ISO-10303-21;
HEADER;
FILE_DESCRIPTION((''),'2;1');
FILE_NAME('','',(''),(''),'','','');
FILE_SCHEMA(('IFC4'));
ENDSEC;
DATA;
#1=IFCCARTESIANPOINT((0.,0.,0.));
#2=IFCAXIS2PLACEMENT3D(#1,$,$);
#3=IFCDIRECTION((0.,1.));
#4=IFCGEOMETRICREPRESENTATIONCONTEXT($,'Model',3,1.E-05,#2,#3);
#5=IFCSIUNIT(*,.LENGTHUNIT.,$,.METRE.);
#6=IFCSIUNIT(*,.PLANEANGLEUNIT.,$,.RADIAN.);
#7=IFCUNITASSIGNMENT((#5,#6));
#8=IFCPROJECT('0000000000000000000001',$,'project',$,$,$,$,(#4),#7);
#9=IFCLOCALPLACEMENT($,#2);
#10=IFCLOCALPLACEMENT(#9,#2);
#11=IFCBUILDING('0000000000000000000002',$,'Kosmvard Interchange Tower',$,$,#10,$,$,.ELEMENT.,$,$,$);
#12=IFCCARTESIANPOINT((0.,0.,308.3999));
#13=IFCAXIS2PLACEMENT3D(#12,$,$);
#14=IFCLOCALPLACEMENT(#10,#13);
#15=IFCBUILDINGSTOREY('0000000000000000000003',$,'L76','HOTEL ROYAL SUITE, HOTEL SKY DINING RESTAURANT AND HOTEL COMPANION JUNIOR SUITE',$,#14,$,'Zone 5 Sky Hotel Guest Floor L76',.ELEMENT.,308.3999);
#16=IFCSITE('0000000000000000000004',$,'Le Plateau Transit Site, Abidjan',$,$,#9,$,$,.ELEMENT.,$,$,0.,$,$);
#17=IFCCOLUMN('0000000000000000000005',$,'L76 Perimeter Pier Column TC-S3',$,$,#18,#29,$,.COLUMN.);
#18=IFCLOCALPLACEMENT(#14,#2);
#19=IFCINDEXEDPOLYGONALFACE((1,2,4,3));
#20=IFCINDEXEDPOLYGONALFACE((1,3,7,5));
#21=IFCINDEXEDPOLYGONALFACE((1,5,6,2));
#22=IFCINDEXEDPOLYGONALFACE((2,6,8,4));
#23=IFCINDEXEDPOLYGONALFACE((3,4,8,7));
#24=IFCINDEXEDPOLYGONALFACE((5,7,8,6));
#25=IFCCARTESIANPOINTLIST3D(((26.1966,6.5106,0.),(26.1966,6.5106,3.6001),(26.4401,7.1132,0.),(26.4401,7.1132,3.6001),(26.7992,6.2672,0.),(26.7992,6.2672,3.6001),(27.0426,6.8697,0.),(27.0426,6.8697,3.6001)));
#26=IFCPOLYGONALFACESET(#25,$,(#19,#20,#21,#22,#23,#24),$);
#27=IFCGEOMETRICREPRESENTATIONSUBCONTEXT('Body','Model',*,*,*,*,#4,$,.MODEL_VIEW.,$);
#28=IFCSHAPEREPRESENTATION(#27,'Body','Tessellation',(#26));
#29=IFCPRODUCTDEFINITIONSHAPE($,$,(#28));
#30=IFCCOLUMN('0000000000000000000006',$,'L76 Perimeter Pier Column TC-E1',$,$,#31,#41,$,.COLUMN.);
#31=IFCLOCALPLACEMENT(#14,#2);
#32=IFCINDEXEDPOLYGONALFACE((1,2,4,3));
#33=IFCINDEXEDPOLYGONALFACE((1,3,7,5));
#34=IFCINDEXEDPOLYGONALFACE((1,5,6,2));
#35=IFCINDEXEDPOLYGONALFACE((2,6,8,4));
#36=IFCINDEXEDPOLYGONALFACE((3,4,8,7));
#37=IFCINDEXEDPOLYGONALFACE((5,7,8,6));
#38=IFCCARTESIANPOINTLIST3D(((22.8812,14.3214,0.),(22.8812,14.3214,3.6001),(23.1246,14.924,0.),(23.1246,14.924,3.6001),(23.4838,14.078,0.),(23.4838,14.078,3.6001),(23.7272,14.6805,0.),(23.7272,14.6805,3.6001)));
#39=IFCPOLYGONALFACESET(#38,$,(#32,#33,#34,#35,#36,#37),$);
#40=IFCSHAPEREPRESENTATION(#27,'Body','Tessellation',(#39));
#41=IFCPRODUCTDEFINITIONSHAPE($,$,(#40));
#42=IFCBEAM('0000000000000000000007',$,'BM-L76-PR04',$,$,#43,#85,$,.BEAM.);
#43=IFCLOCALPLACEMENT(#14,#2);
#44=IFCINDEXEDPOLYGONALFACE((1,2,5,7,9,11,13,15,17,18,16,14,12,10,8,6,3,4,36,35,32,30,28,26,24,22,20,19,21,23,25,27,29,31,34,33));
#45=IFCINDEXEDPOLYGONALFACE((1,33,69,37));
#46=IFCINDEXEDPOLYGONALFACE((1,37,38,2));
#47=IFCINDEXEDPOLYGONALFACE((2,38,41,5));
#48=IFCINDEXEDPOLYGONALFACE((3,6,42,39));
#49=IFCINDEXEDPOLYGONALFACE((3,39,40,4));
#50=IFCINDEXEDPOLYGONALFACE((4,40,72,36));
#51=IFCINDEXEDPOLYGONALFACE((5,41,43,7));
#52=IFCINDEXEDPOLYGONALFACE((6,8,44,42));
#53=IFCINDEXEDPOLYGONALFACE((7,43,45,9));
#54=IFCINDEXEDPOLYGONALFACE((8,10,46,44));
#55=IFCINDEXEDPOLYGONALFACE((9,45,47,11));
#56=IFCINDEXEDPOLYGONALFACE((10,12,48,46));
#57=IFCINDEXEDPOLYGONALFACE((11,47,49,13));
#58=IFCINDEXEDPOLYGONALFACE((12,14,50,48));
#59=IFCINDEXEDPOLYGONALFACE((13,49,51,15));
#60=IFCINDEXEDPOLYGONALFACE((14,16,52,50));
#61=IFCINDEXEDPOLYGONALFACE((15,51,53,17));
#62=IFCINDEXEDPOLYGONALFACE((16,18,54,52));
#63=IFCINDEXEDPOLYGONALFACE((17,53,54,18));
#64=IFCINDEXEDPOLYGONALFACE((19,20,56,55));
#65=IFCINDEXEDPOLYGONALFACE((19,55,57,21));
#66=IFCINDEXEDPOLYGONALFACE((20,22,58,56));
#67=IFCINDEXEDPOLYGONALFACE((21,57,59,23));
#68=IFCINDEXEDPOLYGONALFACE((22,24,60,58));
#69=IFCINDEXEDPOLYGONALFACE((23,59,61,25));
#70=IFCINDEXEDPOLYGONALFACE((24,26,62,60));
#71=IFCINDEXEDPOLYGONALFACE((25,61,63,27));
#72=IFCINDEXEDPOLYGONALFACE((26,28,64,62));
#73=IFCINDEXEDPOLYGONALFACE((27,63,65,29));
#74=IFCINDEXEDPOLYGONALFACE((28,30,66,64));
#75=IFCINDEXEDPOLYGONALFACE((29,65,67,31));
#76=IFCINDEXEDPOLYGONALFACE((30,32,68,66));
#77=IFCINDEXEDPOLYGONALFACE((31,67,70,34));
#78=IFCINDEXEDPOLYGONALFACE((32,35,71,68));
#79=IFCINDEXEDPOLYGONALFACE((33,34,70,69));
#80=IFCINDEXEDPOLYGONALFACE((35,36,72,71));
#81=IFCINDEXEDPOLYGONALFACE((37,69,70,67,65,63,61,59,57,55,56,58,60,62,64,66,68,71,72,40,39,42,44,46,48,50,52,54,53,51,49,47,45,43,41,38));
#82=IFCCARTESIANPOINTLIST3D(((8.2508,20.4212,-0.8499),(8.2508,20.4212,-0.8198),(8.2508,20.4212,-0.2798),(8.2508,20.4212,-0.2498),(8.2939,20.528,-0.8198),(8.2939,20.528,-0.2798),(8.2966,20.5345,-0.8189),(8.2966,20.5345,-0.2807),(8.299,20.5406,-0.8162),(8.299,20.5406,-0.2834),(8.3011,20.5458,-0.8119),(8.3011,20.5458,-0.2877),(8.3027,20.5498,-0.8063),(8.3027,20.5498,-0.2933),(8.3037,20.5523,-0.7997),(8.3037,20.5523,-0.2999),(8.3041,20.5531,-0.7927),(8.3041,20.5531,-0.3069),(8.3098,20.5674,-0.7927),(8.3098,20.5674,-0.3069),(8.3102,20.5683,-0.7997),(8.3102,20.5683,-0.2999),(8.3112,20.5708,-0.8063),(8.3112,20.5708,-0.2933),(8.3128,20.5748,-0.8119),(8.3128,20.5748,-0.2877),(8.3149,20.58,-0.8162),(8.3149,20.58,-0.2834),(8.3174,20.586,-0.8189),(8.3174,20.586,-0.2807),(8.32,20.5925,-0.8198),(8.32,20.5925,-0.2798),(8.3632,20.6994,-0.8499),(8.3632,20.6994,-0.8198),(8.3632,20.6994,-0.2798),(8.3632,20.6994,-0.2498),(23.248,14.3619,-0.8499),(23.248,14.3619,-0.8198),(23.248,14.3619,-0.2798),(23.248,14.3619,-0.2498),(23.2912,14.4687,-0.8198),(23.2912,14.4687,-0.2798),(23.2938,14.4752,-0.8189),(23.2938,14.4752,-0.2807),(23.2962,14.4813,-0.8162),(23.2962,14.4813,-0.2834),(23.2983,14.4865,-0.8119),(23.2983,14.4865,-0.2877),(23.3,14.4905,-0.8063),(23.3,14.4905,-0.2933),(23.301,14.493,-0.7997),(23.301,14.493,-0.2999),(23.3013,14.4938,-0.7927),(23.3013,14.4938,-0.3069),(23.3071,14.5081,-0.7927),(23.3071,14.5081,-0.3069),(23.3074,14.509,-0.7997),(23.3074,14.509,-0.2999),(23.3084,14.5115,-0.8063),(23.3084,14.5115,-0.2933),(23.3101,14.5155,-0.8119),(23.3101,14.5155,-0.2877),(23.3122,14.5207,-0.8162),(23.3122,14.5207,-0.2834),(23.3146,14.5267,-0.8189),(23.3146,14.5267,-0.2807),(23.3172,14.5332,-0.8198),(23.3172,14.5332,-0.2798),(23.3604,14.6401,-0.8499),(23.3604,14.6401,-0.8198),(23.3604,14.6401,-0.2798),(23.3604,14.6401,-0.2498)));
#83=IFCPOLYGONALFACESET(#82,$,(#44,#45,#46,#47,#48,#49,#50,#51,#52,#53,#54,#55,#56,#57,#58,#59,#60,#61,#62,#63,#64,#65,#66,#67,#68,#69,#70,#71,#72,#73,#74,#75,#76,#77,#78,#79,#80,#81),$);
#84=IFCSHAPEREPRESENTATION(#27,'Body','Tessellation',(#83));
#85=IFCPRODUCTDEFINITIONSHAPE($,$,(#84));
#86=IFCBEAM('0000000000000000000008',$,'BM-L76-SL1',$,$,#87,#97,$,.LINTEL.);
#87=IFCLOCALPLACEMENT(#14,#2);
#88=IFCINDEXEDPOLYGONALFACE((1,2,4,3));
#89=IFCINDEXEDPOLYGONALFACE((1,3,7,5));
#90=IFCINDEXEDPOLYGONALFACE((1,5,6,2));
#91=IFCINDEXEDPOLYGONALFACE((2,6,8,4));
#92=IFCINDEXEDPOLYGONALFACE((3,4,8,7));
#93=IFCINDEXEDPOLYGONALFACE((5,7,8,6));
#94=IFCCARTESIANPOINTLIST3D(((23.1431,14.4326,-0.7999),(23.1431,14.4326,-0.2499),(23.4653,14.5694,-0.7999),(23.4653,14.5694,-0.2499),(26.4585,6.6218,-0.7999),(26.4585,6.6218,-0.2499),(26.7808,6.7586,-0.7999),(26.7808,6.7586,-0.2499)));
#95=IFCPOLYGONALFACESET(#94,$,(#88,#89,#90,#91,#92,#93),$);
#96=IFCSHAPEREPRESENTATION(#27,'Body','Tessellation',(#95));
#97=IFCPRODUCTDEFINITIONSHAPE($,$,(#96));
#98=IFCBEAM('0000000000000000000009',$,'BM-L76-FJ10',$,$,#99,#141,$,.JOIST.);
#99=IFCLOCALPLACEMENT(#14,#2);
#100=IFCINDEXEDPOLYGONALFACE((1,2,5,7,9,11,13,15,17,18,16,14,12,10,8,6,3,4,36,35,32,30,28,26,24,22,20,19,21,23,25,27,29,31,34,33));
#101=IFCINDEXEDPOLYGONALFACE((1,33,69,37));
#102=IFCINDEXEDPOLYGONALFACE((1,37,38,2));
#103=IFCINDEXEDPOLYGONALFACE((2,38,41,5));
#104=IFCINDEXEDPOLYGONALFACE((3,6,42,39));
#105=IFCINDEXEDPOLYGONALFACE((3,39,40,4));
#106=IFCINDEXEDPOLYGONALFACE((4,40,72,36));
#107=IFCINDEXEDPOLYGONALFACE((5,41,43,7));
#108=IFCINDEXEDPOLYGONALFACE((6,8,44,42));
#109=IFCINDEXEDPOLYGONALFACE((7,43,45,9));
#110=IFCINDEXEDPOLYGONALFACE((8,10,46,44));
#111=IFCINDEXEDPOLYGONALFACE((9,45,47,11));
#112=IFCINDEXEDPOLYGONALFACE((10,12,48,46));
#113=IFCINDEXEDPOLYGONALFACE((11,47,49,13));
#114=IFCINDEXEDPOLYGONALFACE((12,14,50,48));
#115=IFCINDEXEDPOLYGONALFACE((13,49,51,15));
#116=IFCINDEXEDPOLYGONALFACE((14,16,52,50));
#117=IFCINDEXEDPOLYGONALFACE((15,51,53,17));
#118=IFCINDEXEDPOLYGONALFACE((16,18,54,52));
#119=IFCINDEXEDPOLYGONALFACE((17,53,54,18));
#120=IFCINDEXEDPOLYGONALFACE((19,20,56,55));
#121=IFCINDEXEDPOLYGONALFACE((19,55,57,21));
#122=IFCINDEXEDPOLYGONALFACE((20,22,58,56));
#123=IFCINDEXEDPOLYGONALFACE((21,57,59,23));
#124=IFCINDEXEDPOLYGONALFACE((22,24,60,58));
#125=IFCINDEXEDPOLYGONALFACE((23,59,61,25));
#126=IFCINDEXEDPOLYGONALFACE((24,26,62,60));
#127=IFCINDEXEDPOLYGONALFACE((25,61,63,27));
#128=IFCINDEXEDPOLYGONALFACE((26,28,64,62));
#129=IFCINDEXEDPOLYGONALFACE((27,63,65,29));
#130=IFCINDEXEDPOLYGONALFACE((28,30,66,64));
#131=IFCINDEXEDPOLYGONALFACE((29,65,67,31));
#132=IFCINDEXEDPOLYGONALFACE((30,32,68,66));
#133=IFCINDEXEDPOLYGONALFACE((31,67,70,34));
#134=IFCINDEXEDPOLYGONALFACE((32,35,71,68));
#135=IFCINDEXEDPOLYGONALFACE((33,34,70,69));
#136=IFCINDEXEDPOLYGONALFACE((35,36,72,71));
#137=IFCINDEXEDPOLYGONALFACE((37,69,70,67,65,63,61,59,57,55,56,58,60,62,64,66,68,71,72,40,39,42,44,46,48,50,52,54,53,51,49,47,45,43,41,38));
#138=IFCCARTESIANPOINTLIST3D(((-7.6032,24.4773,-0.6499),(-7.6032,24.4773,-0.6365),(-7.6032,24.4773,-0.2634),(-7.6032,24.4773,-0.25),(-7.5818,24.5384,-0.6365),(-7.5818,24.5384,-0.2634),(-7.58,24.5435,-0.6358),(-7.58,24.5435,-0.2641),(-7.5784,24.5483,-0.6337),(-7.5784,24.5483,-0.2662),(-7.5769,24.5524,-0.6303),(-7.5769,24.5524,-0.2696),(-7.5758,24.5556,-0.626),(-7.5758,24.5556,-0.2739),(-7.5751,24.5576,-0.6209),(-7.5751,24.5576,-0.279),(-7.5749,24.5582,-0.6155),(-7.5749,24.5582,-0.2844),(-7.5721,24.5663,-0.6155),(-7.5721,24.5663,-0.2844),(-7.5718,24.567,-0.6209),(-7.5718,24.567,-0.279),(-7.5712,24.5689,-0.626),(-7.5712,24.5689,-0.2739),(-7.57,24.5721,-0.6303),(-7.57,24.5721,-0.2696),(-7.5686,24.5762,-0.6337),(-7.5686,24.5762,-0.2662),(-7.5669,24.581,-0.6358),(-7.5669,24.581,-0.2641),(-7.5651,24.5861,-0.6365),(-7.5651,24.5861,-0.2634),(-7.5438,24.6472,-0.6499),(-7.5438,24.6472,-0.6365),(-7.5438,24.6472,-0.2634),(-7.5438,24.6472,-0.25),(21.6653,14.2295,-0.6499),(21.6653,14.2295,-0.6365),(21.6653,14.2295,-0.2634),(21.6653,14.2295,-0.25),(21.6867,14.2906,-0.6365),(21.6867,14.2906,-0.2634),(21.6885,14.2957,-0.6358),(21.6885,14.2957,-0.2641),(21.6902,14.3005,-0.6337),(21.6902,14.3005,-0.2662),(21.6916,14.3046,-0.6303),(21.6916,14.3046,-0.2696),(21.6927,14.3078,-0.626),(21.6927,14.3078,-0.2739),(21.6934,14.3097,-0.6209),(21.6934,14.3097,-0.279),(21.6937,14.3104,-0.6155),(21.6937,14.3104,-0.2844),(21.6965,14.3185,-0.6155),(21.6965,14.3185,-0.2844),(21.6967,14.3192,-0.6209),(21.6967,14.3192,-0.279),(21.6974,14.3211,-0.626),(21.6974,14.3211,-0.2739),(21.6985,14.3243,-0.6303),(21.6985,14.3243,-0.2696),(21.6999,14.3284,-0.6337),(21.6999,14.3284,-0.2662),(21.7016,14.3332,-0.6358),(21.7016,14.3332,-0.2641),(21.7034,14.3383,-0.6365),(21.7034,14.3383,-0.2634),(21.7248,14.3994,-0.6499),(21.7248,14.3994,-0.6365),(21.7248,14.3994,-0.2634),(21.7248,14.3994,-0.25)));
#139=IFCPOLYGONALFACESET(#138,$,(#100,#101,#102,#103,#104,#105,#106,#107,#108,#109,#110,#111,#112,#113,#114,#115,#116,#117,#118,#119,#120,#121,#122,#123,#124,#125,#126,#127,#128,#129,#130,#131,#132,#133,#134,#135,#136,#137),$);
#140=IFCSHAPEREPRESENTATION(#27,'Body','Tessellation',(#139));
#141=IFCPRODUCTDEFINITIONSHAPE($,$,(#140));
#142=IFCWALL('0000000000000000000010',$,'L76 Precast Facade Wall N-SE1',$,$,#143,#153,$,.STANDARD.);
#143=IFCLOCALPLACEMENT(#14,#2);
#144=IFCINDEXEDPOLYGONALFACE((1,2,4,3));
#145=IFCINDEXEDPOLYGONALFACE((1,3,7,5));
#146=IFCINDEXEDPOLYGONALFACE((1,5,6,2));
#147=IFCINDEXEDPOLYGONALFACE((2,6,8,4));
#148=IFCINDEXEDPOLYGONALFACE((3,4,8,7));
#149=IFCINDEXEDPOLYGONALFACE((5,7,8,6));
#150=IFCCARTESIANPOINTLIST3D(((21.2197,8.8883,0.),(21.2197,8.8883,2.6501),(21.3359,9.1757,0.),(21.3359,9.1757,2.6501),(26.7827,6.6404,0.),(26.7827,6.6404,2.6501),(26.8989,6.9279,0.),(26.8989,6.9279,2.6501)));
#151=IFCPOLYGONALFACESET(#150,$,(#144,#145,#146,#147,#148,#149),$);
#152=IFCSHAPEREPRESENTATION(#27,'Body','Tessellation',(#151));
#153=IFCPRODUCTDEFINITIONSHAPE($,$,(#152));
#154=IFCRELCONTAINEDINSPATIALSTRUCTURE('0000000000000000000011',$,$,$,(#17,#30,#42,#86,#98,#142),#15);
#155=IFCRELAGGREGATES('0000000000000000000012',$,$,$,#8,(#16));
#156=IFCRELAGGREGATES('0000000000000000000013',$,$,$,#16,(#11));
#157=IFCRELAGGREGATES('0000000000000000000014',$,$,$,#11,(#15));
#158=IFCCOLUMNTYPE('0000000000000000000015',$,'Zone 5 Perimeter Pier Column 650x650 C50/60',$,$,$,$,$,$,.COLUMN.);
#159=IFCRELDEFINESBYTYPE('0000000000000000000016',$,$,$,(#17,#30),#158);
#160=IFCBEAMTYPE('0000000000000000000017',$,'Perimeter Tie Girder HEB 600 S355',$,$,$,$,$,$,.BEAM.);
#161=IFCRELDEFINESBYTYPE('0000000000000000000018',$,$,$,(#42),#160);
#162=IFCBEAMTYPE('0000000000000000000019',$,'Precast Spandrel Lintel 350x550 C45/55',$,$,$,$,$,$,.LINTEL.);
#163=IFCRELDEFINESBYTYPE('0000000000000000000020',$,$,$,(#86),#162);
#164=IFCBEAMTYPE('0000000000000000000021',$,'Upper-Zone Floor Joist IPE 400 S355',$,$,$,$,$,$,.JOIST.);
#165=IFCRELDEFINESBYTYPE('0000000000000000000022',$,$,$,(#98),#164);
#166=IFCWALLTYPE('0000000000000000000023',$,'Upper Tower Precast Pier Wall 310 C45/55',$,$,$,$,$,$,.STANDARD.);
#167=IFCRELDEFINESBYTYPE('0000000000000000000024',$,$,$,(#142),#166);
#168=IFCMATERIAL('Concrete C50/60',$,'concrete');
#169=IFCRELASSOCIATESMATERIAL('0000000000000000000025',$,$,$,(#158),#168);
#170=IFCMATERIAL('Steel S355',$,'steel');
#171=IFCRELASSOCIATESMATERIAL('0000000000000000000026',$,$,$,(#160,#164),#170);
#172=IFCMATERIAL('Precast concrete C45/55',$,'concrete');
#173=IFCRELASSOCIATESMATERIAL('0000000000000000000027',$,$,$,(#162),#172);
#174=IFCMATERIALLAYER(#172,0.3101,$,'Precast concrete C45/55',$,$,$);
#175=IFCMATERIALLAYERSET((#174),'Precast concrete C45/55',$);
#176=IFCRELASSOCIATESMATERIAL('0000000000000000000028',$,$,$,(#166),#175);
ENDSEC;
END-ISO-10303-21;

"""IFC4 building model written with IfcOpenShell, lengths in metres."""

from ifc_helpers import new_model, si_unit, direction, frame, frame_2d, origin, origin_2d, place, context, subcontext, project, spatial, rectangle, i_section, extrude, source, transform, mapped, material, layer, layer_set, material_profile, profile_set, type_object, element, save


model = new_model("IFC4")

# Units and contexts
model_context = context("Model", 3, precision=1e-05, world=origin(), true_north=direction((0.0, 1.0)))
body_context = subcontext(model_context, "Body", "Model", "MODEL_VIEW")
ifc_project = project(units=[si_unit("LENGTHUNIT", "METRE"), si_unit("PLANEANGLEUNIT", "RADIAN")], contexts=[model_context])

# Site, building, storey
site_placement = place(None, origin())
site = spatial("IfcSite", under=ifc_project, at=site_placement, Name="Le Plateau Transit Site, Abidjan", CompositionType="ELEMENT", RefElevation=0.0)
building_placement = place(site_placement, origin())
building = spatial("IfcBuilding", under=site, at=building_placement, Name="Kosmvard Interchange Tower", CompositionType="ELEMENT")
storey_placement = place(building_placement, frame((0.0, 0.0, 308.3999)))
storey = spatial("IfcBuildingStorey", under=building, at=storey_placement, Name="L76", Description="HOTEL ROYAL SUITE, HOTEL SKY DINING RESTAURANT AND HOTEL COMPANION JUNIOR SUITE", LongName="Zone 5 Sky Hotel Guest Floor L76", CompositionType="ELEMENT", Elevation=308.3999)

# Columns
ifc_material_1 = material(Name="Concrete C50/60", Category="concrete")
ifc_material_profile_1 = material_profile(ifc_material_1, rectangle(XDim=0.6499, YDim=0.6499, at=origin_2d()), Name="TC 650x650")
ifc_profile_set_1 = profile_set([ifc_material_profile_1], Name="Concrete C50/60")
column_type = type_object("IfcColumnType", Name="Zone 5 Perimeter Pier Column 650x650 C50/60", PredefinedType="COLUMN", material=ifc_profile_set_1)
shared_shape_1 = source(origin(), body_context, "Body", "SweptSolid", [
    extrude(rectangle(XDim=0.6499, YDim=0.6499, at=origin_2d()), origin(), (0.0, 0.0, 1.0), 3.6001),
])
for number, where, z_axis, x_axis, name in (
    (1, (26.6196, 6.6902, 0.0), (0.0, 0.0, 1.0), (0.374607, 0.927184, 0.0), "L76 Perimeter Pier Column TC-S3"),
    (2, (23.3042, 14.501, 0.0), (0.0, 0.0, 1.0), (0.374607, 0.927184, 0.0), "L76 Perimeter Pier Column TC-E1"),
):
    element("IfcColumn", number, at=place(storey_placement, frame(where, z_axis=z_axis, x_axis=x_axis)), inside=storey, type_object=column_type, Name=name, PredefinedType="COLUMN", context=body_context, shape_type="MappedRepresentation", body=[
        mapped(shared_shape_1, transform((0.0, 0.0, 0.0), scale=1.0)),
    ])

# Beams
ifc_material_2 = material(Name="Steel S355", Category="steel")
ifc_material_profile_2 = material_profile(ifc_material_2, i_section(OverallWidth=0.3, OverallDepth=0.6001, WebThickness=0.0154, FlangeThickness=0.03, FilletRadius=0.0271, at=origin_2d()), Name="HEB 600")
ifc_profile_set_2 = profile_set([ifc_material_profile_2], Name="Steel S355")
beam_type_1 = type_object("IfcBeamType", Name="Perimeter Tie Girder HEB 600 S355", PredefinedType="BEAM", material=ifc_profile_set_2)
shared_shape_2 = source(origin(), body_context, "Body", "SweptSolid", [
    extrude(i_section(OverallWidth=0.3, OverallDepth=0.6001, WebThickness=0.0154, FlangeThickness=0.03, FilletRadius=0.0271, at=origin_2d()), origin(), (0.0, 0.0, 1.0), 16.175),
])
beam_1_placement = place(storey_placement, frame((23.3042, 14.501, -0.5498), z_axis=(-0.927183, 0.374608, 0.0), x_axis=(-0.374608, -0.927183, 0.0)))
element("IfcBeam", 3, at=beam_1_placement, inside=storey, type_object=beam_type_1, Name="BM-L76-PR04", PredefinedType="BEAM", context=body_context, shape_type="MappedRepresentation", body=[
    mapped(shared_shape_2, transform((0.0, 0.0, 0.0), scale=1.0)),
])
ifc_material_3 = material(Name="Precast concrete C45/55", Category="concrete")
ifc_material_profile_3 = material_profile(ifc_material_3, rectangle(XDim=0.3501, YDim=0.55, at=origin_2d()), Name="SL 350x550")
ifc_profile_set_3 = profile_set([ifc_material_profile_3], Name="Precast concrete C45/55")
beam_type_2 = type_object("IfcBeamType", Name="Precast Spandrel Lintel 350x550 C45/55", PredefinedType="LINTEL", material=ifc_profile_set_3)
shared_shape_3 = source(origin(), body_context, "Body", "SweptSolid", [
    extrude(rectangle(XDim=0.3501, YDim=0.55, at=origin_2d()), origin(), (0.0, 0.0, 1.0), 8.4854),
])
beam_2_placement = place(storey_placement, frame((26.6196, 6.6902, -0.5249), z_axis=(-0.390726, 0.920507, 0.0), x_axis=(-0.920507, -0.390726, 0.0)))
element("IfcBeam", 4, at=beam_2_placement, inside=storey, type_object=beam_type_2, Name="BM-L76-SL1", PredefinedType="LINTEL", context=body_context, shape_type="MappedRepresentation", body=[
    mapped(shared_shape_3, transform((0.0, 0.0, 0.0), scale=1.0)),
])
ifc_material_profile_4 = material_profile(ifc_material_2, i_section(OverallWidth=0.1799, OverallDepth=0.3999, WebThickness=0.0085, FlangeThickness=0.0134, FilletRadius=0.021, at=origin_2d()), Name="IPE 400")
ifc_profile_set_4 = profile_set([ifc_material_profile_4], Name="Steel S355")
beam_type_3 = type_object("IfcBeamType", Name="Upper-Zone Floor Joist IPE 400 S355", PredefinedType="JOIST", material=ifc_profile_set_4)
shared_shape_4 = source(origin(), body_context, "Body", "SweptSolid", [
    extrude(i_section(OverallWidth=0.1799, OverallDepth=0.3999, WebThickness=0.0085, FlangeThickness=0.0134, FilletRadius=0.021, at=origin_2d()), origin(), (0.0, 0.0, 1.0), 31.0107),
])
beam_3_placement = place(storey_placement, frame((21.6951, 14.3145, -0.45), z_axis=(-0.94382, 0.33046, 0.0), x_axis=(-0.33046, -0.94382, 0.0)))
element("IfcBeam", 5, at=beam_3_placement, inside=storey, type_object=beam_type_3, Name="BM-L76-FJ10", PredefinedType="JOIST", context=body_context, shape_type="MappedRepresentation", body=[
    mapped(shared_shape_4, transform((0.0, 0.0, 0.0), scale=1.0)),
])

# Wall
ifc_layer_1 = layer(ifc_material_3, 0.3101, Name="Precast concrete C45/55")
ifc_layer_set_1 = layer_set([ifc_layer_1], Name="Precast concrete C45/55")
wall_type_1 = type_object("IfcWallType", Name="Upper Tower Precast Pier Wall 310 C45/55", PredefinedType="STANDARD", material=ifc_layer_set_1)
wall_1_placement = place(storey_placement, frame((26.8408, 6.7842, 0.0), z_axis=(0.0, 0.0, 1.0), x_axis=(-0.927172, 0.374637, 0.0)))
element("IfcWall", 6, at=wall_1_placement, inside=storey, type_object=wall_type_1, Name="L76 Precast Facade Wall N-SE1", PredefinedType="STANDARD", context=body_context, shape_type="SweptSolid", body=[
    extrude(rectangle(XDim=6.0, YDim=0.3101, at=frame_2d((3.0, 0.0))), origin(), (0.0, 0.0, 1.0), 2.6501),
])

save(model, "model.ifc")
